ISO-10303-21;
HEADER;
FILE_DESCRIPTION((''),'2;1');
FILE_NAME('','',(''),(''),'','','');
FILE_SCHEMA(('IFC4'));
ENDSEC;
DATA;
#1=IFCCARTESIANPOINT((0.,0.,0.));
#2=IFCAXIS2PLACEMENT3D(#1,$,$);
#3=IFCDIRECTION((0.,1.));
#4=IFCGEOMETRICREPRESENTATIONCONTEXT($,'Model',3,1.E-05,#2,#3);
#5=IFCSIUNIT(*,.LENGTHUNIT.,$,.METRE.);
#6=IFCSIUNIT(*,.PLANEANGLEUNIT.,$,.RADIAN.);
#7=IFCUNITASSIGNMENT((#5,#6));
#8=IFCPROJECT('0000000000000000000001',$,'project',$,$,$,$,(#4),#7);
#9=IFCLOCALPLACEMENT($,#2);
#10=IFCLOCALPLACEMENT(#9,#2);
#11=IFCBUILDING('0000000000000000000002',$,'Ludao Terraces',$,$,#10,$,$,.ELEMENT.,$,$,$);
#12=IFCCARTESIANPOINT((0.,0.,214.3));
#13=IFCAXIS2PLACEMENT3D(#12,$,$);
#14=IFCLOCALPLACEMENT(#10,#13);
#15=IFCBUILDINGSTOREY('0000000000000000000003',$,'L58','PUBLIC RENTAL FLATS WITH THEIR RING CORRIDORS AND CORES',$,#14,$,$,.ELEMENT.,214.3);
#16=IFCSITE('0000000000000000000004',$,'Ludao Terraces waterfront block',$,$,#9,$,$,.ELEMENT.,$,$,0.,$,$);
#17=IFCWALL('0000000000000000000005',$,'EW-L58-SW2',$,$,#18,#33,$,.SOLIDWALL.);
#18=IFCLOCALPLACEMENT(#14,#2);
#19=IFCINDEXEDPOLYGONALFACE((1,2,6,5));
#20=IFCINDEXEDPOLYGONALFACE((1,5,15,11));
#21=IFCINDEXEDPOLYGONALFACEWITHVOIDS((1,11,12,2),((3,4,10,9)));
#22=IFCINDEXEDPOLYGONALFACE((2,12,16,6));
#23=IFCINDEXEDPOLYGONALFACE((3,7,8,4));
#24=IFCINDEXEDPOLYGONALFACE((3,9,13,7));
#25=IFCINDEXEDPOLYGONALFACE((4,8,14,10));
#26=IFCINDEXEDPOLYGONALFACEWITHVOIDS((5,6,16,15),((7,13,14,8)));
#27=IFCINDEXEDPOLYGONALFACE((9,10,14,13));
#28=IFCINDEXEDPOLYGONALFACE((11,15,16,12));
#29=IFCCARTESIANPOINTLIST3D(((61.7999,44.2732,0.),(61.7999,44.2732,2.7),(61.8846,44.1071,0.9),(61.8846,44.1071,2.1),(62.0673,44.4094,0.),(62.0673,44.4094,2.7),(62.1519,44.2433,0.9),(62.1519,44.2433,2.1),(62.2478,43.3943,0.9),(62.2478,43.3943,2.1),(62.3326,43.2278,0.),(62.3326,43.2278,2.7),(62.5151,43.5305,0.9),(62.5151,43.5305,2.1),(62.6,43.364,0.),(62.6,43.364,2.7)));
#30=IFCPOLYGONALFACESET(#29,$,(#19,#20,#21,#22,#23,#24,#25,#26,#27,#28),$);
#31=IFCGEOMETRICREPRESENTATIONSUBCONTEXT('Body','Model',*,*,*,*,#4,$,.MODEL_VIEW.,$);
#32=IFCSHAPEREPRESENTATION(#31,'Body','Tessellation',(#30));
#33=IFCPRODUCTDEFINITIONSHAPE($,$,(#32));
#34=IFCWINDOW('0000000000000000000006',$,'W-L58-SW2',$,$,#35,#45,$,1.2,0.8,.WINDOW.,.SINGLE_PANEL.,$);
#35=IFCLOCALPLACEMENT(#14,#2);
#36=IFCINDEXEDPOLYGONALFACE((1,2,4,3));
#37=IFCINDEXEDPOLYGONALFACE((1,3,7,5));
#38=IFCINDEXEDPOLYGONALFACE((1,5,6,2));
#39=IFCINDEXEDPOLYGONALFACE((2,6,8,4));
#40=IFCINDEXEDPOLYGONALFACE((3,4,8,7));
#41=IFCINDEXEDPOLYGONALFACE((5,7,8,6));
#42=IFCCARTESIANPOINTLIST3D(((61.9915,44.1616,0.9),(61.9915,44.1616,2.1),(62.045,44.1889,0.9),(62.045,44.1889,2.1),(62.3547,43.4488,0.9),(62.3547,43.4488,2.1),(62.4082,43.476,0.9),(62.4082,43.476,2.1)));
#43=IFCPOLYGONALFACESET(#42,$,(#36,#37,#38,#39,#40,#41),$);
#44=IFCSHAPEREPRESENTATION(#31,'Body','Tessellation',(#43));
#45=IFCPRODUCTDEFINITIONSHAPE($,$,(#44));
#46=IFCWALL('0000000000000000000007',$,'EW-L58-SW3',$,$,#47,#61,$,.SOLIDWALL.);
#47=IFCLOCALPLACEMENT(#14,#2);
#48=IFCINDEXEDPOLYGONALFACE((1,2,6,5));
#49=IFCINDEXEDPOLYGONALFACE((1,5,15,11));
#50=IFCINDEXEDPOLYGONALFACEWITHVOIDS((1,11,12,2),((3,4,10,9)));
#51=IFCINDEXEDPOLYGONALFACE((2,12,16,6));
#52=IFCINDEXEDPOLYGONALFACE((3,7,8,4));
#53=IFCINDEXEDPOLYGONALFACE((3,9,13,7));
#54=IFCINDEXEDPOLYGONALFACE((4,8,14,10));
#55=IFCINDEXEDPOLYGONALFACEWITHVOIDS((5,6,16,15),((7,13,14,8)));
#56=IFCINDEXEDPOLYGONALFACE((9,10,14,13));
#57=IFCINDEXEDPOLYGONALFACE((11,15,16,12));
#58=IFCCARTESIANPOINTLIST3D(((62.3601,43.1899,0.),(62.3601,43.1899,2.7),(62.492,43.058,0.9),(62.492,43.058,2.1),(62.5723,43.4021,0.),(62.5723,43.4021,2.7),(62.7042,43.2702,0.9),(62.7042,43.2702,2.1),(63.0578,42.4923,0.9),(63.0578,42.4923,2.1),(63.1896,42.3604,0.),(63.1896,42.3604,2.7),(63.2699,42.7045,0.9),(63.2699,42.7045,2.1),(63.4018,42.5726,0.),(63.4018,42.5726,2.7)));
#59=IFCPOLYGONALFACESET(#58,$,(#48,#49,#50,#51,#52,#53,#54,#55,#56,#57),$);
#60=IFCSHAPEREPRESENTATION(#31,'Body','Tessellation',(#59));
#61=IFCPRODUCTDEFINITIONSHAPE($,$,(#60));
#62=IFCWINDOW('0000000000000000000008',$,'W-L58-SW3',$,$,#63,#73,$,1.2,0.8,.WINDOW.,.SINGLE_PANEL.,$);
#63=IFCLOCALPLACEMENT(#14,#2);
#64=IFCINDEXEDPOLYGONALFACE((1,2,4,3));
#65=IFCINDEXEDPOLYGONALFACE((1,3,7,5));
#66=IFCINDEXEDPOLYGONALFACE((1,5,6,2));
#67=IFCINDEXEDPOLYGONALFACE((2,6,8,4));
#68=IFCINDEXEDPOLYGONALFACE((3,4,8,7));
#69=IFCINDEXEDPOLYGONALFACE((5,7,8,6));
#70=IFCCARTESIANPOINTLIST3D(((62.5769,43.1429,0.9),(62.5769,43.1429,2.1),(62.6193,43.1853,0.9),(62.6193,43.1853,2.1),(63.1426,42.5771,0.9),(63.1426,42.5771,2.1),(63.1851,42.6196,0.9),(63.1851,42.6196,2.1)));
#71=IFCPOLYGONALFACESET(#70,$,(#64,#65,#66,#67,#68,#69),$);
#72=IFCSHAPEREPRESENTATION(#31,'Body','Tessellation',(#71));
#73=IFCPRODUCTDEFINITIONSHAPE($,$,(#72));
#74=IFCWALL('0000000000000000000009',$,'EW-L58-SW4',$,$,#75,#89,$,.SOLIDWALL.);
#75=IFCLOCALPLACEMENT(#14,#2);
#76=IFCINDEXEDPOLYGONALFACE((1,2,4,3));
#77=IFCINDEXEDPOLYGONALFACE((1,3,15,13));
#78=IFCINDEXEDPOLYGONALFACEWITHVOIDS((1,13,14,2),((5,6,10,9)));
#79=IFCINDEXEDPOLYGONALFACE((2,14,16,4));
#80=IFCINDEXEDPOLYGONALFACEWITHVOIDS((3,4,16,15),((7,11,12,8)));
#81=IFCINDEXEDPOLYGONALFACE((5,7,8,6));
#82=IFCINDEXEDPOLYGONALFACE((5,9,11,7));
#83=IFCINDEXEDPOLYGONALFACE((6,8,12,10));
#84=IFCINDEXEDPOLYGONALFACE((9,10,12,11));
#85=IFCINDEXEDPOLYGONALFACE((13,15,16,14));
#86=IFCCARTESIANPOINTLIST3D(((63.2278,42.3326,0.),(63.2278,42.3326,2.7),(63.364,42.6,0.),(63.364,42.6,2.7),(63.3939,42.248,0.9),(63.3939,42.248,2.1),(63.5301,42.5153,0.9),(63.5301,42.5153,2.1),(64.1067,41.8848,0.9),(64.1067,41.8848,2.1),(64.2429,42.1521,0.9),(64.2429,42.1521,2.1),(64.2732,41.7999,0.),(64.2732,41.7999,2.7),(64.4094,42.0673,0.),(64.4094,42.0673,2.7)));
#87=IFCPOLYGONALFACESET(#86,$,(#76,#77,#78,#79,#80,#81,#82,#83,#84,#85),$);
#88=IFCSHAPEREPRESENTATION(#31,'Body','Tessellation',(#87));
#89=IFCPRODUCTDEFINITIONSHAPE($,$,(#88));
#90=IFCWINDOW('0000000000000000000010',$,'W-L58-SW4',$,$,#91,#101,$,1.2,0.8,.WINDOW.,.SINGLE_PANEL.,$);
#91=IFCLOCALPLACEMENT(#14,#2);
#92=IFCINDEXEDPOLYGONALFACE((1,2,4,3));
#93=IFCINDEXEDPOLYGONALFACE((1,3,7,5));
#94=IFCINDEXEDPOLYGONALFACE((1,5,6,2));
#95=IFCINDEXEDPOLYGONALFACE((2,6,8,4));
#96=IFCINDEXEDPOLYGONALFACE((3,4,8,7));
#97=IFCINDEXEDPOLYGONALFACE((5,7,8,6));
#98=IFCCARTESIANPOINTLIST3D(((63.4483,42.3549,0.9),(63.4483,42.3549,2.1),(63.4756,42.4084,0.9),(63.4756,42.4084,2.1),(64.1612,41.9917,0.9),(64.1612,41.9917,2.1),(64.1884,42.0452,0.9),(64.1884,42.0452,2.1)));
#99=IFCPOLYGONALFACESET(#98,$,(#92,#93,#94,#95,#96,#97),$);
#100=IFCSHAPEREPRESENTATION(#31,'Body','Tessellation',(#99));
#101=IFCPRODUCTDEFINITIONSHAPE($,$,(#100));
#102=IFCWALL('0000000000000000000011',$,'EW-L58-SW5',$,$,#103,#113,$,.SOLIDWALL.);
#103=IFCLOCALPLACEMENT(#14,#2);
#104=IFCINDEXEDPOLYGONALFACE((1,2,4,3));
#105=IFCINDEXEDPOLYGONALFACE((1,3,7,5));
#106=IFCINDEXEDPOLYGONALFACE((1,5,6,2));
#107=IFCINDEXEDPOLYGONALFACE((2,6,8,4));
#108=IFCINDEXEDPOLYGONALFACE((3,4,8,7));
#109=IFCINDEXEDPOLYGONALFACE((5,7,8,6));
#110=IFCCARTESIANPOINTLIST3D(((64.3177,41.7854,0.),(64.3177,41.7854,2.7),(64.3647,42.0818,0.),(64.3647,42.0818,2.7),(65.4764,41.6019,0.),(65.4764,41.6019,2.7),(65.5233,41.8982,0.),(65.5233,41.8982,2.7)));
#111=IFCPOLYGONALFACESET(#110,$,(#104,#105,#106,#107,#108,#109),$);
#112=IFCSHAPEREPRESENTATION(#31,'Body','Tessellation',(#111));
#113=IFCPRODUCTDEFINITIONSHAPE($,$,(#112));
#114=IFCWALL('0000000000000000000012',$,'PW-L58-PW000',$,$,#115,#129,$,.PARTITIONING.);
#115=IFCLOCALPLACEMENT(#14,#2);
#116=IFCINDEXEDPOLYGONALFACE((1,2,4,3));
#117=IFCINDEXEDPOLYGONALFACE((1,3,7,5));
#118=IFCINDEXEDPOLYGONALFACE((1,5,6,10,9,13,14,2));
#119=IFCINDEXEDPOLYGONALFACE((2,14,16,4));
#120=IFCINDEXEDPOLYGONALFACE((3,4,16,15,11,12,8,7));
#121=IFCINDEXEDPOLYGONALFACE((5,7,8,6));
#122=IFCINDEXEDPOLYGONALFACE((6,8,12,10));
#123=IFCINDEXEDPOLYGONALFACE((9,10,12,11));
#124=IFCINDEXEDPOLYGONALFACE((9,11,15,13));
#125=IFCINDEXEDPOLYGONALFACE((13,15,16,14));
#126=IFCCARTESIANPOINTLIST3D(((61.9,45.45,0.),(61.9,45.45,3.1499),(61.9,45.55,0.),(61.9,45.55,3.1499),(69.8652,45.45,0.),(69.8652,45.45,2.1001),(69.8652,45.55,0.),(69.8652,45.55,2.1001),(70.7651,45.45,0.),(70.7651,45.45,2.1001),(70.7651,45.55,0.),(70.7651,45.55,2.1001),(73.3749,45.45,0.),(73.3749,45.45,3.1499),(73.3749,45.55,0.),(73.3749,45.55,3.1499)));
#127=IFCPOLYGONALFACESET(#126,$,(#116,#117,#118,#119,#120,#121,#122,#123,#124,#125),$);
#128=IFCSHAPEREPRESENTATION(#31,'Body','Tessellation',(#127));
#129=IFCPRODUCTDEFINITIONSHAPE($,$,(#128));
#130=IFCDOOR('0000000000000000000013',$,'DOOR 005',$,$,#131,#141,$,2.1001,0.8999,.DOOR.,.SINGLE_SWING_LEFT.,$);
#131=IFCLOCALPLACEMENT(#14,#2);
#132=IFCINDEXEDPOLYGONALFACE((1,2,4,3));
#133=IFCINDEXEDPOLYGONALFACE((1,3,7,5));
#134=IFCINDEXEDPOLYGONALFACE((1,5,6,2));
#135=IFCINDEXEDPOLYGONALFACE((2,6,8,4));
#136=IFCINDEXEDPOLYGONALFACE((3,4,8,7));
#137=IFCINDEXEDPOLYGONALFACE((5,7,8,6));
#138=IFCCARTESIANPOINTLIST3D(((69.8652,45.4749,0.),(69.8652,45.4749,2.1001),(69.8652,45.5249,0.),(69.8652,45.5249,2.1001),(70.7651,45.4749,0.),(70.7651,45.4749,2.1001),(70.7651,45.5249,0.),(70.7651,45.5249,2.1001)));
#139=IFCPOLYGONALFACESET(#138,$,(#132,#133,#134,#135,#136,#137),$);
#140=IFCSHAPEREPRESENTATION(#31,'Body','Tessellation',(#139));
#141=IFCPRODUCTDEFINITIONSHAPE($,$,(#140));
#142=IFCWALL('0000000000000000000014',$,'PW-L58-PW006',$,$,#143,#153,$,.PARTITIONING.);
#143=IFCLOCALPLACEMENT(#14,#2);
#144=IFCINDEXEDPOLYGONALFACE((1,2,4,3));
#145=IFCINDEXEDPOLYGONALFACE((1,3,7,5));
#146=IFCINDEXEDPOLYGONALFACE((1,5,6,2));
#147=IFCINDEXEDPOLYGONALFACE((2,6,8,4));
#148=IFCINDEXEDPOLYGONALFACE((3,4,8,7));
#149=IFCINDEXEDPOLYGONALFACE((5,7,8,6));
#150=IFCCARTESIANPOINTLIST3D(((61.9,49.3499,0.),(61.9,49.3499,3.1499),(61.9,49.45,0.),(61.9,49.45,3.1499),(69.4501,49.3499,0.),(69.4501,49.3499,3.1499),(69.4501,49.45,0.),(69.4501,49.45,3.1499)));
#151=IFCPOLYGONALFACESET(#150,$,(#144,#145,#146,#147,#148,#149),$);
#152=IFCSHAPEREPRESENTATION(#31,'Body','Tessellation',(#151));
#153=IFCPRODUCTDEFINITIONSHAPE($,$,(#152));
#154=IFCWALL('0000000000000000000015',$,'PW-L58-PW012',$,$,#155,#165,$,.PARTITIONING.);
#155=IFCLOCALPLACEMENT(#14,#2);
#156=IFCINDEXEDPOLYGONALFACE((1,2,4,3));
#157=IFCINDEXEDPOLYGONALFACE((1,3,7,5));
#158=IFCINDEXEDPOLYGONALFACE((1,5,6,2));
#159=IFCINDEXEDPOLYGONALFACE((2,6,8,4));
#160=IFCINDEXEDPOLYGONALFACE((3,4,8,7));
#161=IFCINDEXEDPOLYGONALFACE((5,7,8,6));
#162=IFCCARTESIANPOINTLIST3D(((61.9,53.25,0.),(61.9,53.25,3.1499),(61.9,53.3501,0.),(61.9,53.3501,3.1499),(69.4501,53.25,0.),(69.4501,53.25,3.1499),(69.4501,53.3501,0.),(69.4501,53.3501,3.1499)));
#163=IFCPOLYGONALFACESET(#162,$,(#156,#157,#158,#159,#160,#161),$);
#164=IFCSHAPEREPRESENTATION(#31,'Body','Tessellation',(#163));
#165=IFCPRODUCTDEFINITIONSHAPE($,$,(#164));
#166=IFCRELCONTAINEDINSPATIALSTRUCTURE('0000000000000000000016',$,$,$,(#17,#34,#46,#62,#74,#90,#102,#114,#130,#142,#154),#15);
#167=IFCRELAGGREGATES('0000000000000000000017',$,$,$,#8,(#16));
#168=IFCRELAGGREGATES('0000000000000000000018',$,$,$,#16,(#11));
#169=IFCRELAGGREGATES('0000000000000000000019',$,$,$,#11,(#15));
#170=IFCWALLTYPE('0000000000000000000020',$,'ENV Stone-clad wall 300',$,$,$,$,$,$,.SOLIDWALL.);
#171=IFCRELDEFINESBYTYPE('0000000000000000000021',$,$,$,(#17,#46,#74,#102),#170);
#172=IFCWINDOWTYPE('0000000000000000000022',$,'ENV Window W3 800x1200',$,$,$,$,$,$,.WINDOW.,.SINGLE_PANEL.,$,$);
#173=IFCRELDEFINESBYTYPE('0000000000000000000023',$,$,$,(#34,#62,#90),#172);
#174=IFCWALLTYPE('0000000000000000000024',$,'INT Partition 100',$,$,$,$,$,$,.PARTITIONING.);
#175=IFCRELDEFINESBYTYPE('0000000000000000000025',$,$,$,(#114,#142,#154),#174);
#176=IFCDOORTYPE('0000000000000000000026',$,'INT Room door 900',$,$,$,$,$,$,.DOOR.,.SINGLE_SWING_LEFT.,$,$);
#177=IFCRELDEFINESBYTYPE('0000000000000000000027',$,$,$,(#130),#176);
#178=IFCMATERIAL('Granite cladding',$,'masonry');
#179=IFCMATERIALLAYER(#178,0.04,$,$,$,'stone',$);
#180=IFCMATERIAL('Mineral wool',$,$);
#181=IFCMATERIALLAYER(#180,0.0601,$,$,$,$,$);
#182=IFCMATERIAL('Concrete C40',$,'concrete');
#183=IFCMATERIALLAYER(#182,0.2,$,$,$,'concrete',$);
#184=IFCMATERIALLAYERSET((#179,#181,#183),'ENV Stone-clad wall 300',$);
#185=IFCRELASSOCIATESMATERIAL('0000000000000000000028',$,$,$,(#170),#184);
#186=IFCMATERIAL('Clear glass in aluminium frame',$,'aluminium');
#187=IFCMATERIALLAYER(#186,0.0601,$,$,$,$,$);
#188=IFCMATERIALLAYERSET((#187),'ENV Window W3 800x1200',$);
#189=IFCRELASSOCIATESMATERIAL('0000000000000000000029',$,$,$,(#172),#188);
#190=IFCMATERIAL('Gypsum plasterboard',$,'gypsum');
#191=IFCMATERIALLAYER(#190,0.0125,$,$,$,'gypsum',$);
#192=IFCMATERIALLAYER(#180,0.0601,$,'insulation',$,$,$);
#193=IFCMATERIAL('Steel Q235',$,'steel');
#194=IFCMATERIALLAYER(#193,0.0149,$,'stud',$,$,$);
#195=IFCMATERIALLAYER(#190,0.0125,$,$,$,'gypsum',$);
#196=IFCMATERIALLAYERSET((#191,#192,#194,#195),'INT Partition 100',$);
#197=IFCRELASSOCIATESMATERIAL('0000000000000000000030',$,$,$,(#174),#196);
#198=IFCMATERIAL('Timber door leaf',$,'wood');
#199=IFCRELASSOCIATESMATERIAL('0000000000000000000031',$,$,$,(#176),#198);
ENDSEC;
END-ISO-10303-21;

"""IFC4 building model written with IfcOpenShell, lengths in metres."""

from ifc_helpers import new_model, si_unit, direction, frame, frame_2d, origin, place, context, subcontext, project, spatial, rectangle, extrude, material, layer, layer_set, type_object, element, fill, save


model = new_model("IFC4")

# Units and contexts
model_context = context("Model", 3, precision=1e-05, world=origin(), true_north=direction((0.0, 1.0)))
body_context = subcontext(model_context, "Body", "Model", "MODEL_VIEW")
ifc_project = project(units=[si_unit("LENGTHUNIT", "METRE"), si_unit("PLANEANGLEUNIT", "RADIAN")], contexts=[model_context])

# Site, building, storey
site_placement = place(None, origin())
site = spatial("IfcSite", under=ifc_project, at=site_placement, Name="Ludao Terraces waterfront block", CompositionType="ELEMENT", RefElevation=0.0)
building_placement = place(site_placement, origin())
building = spatial("IfcBuilding", under=site, at=building_placement, Name="Ludao Terraces", CompositionType="ELEMENT")
storey_placement = place(building_placement, frame((0.0, 0.0, 214.3)))
storey = spatial("IfcBuildingStorey", under=building, at=storey_placement, Name="L58", Description="PUBLIC RENTAL FLATS WITH THEIR RING CORRIDORS AND CORES", CompositionType="ELEMENT", Elevation=214.3)

# Shared definitions
ifc_material_1 = material(Name="Concrete C40", Category="concrete")

# Shared definitions
ifc_material_2 = material(Name="Granite cladding", Category="masonry")
ifc_layer_1 = layer(ifc_material_2, 0.04, Category="stone")
ifc_material_3 = material(Name="Mineral wool")
ifc_layer_2 = layer(ifc_material_3, 0.0601)
ifc_layer_3 = layer(ifc_material_1, 0.2, Category="concrete")
ifc_layer_set_1 = layer_set([ifc_layer_1, ifc_layer_2, ifc_layer_3], Name="ENV Stone-clad wall 300")
wall_type_1 = type_object("IfcWallType", Name="ENV Stone-clad wall 300", PredefinedType="SOLIDWALL", material=ifc_layer_set_1)
ifc_material_4 = material(Name="Clear glass in aluminium frame", Category="aluminium")

# Walls, openings, windows
wall_1_placement = place(storey_placement, frame((61.9336, 44.3413, 0.0), z_axis=(0.0, 0.0, 1.0), x_axis=(0.454026, -0.890989, 0.0)))
wall_1 = element("IfcWall", 1, at=wall_1_placement, inside=storey, type_object=wall_type_1, Name="EW-L58-SW2", PredefinedType="SOLIDWALL", context=body_context, shape_type="SweptSolid", body=[
    extrude(rectangle(XDim=1.1733, YDim=0.3, at=frame_2d((0.5867, 0.0))), origin(), (0.0, 0.0, 1.0), 2.7),
])
opening_1_placement = place(wall_1_placement, frame((0.1865, 0.0, 0.8999)))
opening_1 = element("IfcOpeningElement", 2, at=opening_1_placement, cuts=wall_1, PredefinedType="OPENING", context=body_context, shape_type="SweptSolid", body=[
    extrude(rectangle(XDim=0.8, YDim=1.2, at=frame_2d((0.3999, 0.6001))), frame((0.0, 0.1602, 0.0), z_axis=(0.0, -1.0, 0.0), x_axis=(1.0, 0.0, 0.0)), (0.0, 0.0, 1.0), 0.3201),
])
ifc_layer_4 = layer(ifc_material_4, 0.0601)
ifc_layer_set_2 = layer_set([ifc_layer_4], Name="ENV Window W3 800x1200")
window_type_1 = type_object("IfcWindowType", Name="ENV Window W3 800x1200", PartitioningType="SINGLE_PANEL", PredefinedType="WINDOW", material=ifc_layer_set_2)
window_1_placement = place(opening_1_placement, origin())
window_1 = element("IfcWindow", 3, at=window_1_placement, inside=storey, type_object=window_type_1, Name="W-L58-SW2", OverallHeight=1.2, OverallWidth=0.8, PartitioningType="SINGLE_PANEL", PredefinedType="WINDOW", context=body_context, shape_type="SweptSolid", body=[
    extrude(rectangle(XDim=0.8, YDim=1.2, at=frame_2d((0.3999, 0.6001))), frame((0.0, 0.03, 0.0), z_axis=(0.0, -1.0, 0.0), x_axis=(1.0, 0.0, 0.0)), (0.0, 0.0, 1.0), 0.0601),
])
fill(opening_1, window_1)
wall_2_placement = place(storey_placement, frame((62.4663, 43.2959, 0.0), z_axis=(0.0, 0.0, 1.0), x_axis=(0.707107, -0.707107, 0.0)))
wall_2 = element("IfcWall", 4, at=wall_2_placement, inside=storey, type_object=wall_type_1, Name="EW-L58-SW3", PredefinedType="SOLIDWALL", context=body_context, shape_type="SweptSolid", body=[
    extrude(rectangle(XDim=1.1731, YDim=0.3, at=frame_2d((0.5864, 0.0))), origin(), (0.0, 0.0, 1.0), 2.7),
])
opening_2_placement = place(wall_2_placement, frame((0.1865, 0.0, 0.8999)))
opening_2 = element("IfcOpeningElement", 5, at=opening_2_placement, cuts=wall_2, PredefinedType="OPENING", context=body_context, shape_type="SweptSolid", body=[
    extrude(rectangle(XDim=0.8, YDim=1.2, at=frame_2d((0.3999, 0.6001))), frame((0.0, 0.1602, 0.0), z_axis=(0.0, -1.0, 0.0), x_axis=(1.0, 0.0, 0.0)), (0.0, 0.0, 1.0), 0.3201),
])
window_2_placement = place(opening_2_placement, origin())
window_2 = element("IfcWindow", 6, at=window_2_placement, inside=storey, type_object=window_type_1, Name="W-L58-SW3", OverallHeight=1.2, OverallWidth=0.8, PartitioningType="SINGLE_PANEL", PredefinedType="WINDOW", context=body_context, shape_type="SweptSolid", body=[
    extrude(rectangle(XDim=0.8, YDim=1.2, at=frame_2d((0.3999, 0.6001))), frame((0.0, 0.03, 0.0), z_axis=(0.0, -1.0, 0.0), x_axis=(1.0, 0.0, 0.0)), (0.0, 0.0, 1.0), 0.0601),
])
fill(opening_2, window_2)
wall_3_placement = place(storey_placement, frame((63.2959, 42.4663, 0.0), z_axis=(0.0, 0.0, 1.0), x_axis=(0.890989, -0.454026, 0.0)))
wall_3 = element("IfcWall", 7, at=wall_3_placement, inside=storey, type_object=wall_type_1, Name="EW-L58-SW4", PredefinedType="SOLIDWALL", context=body_context, shape_type="SweptSolid", body=[
    extrude(rectangle(XDim=1.1733, YDim=0.3, at=frame_2d((0.5867, 0.0))), origin(), (0.0, 0.0, 1.0), 2.7),
])
opening_3_placement = place(wall_3_placement, frame((0.1865, 0.0, 0.8999)))
opening_3 = element("IfcOpeningElement", 8, at=opening_3_placement, cuts=wall_3, PredefinedType="OPENING", context=body_context, shape_type="SweptSolid", body=[
    extrude(rectangle(XDim=0.8, YDim=1.2, at=frame_2d((0.3999, 0.6001))), frame((0.0, 0.1602, 0.0), z_axis=(0.0, -1.0, 0.0), x_axis=(1.0, 0.0, 0.0)), (0.0, 0.0, 1.0), 0.3201),
])
window_3_placement = place(opening_3_placement, origin())
window_3 = element("IfcWindow", 9, at=window_3_placement, inside=storey, type_object=window_type_1, Name="W-L58-SW4", OverallHeight=1.2, OverallWidth=0.8, PartitioningType="SINGLE_PANEL", PredefinedType="WINDOW", context=body_context, shape_type="SweptSolid", body=[
    extrude(rectangle(XDim=0.8, YDim=1.2, at=frame_2d((0.3999, 0.6001))), frame((0.0, 0.03, 0.0), z_axis=(0.0, -1.0, 0.0), x_axis=(1.0, 0.0, 0.0)), (0.0, 0.0, 1.0), 0.0601),
])
fill(opening_3, window_3)

# Wall
wall_4_placement = place(storey_placement, frame((64.3413, 41.9336, 0.0), z_axis=(0.0, 0.0, 1.0), x_axis=(0.987678, -0.156497, 0.0)))
element("IfcWall", 10, at=wall_4_placement, inside=storey, type_object=wall_type_1, Name="EW-L58-SW5", PredefinedType="SOLIDWALL", context=body_context, shape_type="SweptSolid", body=[
    extrude(rectangle(XDim=1.1731, YDim=0.3, at=frame_2d((0.5864, 0.0))), origin(), (0.0, 0.0, 1.0), 2.7),
])

# Wall, opening, door
ifc_material_5 = material(Name="Gypsum plasterboard", Category="gypsum")
ifc_layer_5 = layer(ifc_material_5, 0.0125, Category="gypsum")
ifc_layer_6 = layer(ifc_material_3, 0.0601, Name="insulation")
ifc_material_6 = material(Name="Steel Q235", Category="steel")
ifc_layer_7 = layer(ifc_material_6, 0.0149, Name="stud")
ifc_layer_8 = layer(ifc_material_5, 0.0125, Category="gypsum")
ifc_layer_set_3 = layer_set([ifc_layer_5, ifc_layer_6, ifc_layer_7, ifc_layer_8], Name="INT Partition 100")
wall_type_2 = type_object("IfcWallType", Name="INT Partition 100", PredefinedType="PARTITIONING", material=ifc_layer_set_3)
wall_5_placement = place(storey_placement, frame((61.9001, 45.5, 0.0), z_axis=(0.0, 0.0, 1.0), x_axis=(1.0, 0.0, 0.0)))
wall_5 = element("IfcWall", 11, at=wall_5_placement, inside=storey, type_object=wall_type_2, Name="PW-L58-PW000", PredefinedType="PARTITIONING", context=body_context, shape_type="SweptSolid", body=[
    extrude(rectangle(XDim=11.4749, YDim=0.1001, at=frame_2d((5.7373, 0.0))), origin(), (0.0, 0.0, 1.0), 3.1499),
])
opening_4_placement = place(wall_5_placement, frame((7.9651, 0.0, 0.0)))
opening_4 = element("IfcOpeningElement", 12, at=opening_4_placement, cuts=wall_5, PredefinedType="OPENING", context=body_context, shape_type="SweptSolid", body=[
    extrude(rectangle(XDim=0.8999, YDim=2.1001, at=frame_2d((0.45, 1.05))), frame((0.0, 0.0601, 0.0), z_axis=(0.0, -1.0, 0.0), x_axis=(1.0, 0.0, 0.0)), (0.0, 0.0, 1.0), 0.1201),
])
ifc_material_7 = material(Name="Timber door leaf", Category="wood")
door_type_1 = type_object("IfcDoorType", Name="INT Room door 900", OperationType="SINGLE_SWING_LEFT", PredefinedType="DOOR", material=ifc_material_7)
door_1_placement = place(opening_4_placement, origin())
door_1 = element("IfcDoor", 13, at=door_1_placement, inside=storey, type_object=door_type_1, Name="DOOR 005", OperationType="SINGLE_SWING_LEFT", OverallHeight=2.1001, OverallWidth=0.8999, PredefinedType="DOOR", context=body_context, shape_type="SweptSolid", body=[
    extrude(rectangle(XDim=0.8999, YDim=2.1001, at=frame_2d((0.45, 1.05))), frame((0.0, 0.0249, 0.0), z_axis=(0.0, -1.0, 0.0), x_axis=(1.0, 0.0, 0.0)), (0.0, 0.0, 1.0), 0.05),
])
fill(opening_4, door_1)

# Walls
for number, where, z_axis, x_axis, name in (
    (14, (61.9001, 49.3999, 0.0), (0.0, 0.0, 1.0), (1.0, 0.0, 0.0), "PW-L58-PW006"),
    (15, (61.9001, 53.3, 0.0), (0.0, 0.0, 1.0), (1.0, 0.0, 0.0), "PW-L58-PW012"),
):
    element("IfcWall", number, at=place(storey_placement, frame(where, z_axis=z_axis, x_axis=x_axis)), inside=storey, type_object=wall_type_2, Name=name, PredefinedType="PARTITIONING", context=body_context, shape_type="SweptSolid", body=[
        extrude(rectangle(XDim=7.55, YDim=0.1001, at=frame_2d((3.7749, 0.0))), origin(), (0.0, 0.0, 1.0), 3.1499),
    ])

save(model, "model.ifc")
